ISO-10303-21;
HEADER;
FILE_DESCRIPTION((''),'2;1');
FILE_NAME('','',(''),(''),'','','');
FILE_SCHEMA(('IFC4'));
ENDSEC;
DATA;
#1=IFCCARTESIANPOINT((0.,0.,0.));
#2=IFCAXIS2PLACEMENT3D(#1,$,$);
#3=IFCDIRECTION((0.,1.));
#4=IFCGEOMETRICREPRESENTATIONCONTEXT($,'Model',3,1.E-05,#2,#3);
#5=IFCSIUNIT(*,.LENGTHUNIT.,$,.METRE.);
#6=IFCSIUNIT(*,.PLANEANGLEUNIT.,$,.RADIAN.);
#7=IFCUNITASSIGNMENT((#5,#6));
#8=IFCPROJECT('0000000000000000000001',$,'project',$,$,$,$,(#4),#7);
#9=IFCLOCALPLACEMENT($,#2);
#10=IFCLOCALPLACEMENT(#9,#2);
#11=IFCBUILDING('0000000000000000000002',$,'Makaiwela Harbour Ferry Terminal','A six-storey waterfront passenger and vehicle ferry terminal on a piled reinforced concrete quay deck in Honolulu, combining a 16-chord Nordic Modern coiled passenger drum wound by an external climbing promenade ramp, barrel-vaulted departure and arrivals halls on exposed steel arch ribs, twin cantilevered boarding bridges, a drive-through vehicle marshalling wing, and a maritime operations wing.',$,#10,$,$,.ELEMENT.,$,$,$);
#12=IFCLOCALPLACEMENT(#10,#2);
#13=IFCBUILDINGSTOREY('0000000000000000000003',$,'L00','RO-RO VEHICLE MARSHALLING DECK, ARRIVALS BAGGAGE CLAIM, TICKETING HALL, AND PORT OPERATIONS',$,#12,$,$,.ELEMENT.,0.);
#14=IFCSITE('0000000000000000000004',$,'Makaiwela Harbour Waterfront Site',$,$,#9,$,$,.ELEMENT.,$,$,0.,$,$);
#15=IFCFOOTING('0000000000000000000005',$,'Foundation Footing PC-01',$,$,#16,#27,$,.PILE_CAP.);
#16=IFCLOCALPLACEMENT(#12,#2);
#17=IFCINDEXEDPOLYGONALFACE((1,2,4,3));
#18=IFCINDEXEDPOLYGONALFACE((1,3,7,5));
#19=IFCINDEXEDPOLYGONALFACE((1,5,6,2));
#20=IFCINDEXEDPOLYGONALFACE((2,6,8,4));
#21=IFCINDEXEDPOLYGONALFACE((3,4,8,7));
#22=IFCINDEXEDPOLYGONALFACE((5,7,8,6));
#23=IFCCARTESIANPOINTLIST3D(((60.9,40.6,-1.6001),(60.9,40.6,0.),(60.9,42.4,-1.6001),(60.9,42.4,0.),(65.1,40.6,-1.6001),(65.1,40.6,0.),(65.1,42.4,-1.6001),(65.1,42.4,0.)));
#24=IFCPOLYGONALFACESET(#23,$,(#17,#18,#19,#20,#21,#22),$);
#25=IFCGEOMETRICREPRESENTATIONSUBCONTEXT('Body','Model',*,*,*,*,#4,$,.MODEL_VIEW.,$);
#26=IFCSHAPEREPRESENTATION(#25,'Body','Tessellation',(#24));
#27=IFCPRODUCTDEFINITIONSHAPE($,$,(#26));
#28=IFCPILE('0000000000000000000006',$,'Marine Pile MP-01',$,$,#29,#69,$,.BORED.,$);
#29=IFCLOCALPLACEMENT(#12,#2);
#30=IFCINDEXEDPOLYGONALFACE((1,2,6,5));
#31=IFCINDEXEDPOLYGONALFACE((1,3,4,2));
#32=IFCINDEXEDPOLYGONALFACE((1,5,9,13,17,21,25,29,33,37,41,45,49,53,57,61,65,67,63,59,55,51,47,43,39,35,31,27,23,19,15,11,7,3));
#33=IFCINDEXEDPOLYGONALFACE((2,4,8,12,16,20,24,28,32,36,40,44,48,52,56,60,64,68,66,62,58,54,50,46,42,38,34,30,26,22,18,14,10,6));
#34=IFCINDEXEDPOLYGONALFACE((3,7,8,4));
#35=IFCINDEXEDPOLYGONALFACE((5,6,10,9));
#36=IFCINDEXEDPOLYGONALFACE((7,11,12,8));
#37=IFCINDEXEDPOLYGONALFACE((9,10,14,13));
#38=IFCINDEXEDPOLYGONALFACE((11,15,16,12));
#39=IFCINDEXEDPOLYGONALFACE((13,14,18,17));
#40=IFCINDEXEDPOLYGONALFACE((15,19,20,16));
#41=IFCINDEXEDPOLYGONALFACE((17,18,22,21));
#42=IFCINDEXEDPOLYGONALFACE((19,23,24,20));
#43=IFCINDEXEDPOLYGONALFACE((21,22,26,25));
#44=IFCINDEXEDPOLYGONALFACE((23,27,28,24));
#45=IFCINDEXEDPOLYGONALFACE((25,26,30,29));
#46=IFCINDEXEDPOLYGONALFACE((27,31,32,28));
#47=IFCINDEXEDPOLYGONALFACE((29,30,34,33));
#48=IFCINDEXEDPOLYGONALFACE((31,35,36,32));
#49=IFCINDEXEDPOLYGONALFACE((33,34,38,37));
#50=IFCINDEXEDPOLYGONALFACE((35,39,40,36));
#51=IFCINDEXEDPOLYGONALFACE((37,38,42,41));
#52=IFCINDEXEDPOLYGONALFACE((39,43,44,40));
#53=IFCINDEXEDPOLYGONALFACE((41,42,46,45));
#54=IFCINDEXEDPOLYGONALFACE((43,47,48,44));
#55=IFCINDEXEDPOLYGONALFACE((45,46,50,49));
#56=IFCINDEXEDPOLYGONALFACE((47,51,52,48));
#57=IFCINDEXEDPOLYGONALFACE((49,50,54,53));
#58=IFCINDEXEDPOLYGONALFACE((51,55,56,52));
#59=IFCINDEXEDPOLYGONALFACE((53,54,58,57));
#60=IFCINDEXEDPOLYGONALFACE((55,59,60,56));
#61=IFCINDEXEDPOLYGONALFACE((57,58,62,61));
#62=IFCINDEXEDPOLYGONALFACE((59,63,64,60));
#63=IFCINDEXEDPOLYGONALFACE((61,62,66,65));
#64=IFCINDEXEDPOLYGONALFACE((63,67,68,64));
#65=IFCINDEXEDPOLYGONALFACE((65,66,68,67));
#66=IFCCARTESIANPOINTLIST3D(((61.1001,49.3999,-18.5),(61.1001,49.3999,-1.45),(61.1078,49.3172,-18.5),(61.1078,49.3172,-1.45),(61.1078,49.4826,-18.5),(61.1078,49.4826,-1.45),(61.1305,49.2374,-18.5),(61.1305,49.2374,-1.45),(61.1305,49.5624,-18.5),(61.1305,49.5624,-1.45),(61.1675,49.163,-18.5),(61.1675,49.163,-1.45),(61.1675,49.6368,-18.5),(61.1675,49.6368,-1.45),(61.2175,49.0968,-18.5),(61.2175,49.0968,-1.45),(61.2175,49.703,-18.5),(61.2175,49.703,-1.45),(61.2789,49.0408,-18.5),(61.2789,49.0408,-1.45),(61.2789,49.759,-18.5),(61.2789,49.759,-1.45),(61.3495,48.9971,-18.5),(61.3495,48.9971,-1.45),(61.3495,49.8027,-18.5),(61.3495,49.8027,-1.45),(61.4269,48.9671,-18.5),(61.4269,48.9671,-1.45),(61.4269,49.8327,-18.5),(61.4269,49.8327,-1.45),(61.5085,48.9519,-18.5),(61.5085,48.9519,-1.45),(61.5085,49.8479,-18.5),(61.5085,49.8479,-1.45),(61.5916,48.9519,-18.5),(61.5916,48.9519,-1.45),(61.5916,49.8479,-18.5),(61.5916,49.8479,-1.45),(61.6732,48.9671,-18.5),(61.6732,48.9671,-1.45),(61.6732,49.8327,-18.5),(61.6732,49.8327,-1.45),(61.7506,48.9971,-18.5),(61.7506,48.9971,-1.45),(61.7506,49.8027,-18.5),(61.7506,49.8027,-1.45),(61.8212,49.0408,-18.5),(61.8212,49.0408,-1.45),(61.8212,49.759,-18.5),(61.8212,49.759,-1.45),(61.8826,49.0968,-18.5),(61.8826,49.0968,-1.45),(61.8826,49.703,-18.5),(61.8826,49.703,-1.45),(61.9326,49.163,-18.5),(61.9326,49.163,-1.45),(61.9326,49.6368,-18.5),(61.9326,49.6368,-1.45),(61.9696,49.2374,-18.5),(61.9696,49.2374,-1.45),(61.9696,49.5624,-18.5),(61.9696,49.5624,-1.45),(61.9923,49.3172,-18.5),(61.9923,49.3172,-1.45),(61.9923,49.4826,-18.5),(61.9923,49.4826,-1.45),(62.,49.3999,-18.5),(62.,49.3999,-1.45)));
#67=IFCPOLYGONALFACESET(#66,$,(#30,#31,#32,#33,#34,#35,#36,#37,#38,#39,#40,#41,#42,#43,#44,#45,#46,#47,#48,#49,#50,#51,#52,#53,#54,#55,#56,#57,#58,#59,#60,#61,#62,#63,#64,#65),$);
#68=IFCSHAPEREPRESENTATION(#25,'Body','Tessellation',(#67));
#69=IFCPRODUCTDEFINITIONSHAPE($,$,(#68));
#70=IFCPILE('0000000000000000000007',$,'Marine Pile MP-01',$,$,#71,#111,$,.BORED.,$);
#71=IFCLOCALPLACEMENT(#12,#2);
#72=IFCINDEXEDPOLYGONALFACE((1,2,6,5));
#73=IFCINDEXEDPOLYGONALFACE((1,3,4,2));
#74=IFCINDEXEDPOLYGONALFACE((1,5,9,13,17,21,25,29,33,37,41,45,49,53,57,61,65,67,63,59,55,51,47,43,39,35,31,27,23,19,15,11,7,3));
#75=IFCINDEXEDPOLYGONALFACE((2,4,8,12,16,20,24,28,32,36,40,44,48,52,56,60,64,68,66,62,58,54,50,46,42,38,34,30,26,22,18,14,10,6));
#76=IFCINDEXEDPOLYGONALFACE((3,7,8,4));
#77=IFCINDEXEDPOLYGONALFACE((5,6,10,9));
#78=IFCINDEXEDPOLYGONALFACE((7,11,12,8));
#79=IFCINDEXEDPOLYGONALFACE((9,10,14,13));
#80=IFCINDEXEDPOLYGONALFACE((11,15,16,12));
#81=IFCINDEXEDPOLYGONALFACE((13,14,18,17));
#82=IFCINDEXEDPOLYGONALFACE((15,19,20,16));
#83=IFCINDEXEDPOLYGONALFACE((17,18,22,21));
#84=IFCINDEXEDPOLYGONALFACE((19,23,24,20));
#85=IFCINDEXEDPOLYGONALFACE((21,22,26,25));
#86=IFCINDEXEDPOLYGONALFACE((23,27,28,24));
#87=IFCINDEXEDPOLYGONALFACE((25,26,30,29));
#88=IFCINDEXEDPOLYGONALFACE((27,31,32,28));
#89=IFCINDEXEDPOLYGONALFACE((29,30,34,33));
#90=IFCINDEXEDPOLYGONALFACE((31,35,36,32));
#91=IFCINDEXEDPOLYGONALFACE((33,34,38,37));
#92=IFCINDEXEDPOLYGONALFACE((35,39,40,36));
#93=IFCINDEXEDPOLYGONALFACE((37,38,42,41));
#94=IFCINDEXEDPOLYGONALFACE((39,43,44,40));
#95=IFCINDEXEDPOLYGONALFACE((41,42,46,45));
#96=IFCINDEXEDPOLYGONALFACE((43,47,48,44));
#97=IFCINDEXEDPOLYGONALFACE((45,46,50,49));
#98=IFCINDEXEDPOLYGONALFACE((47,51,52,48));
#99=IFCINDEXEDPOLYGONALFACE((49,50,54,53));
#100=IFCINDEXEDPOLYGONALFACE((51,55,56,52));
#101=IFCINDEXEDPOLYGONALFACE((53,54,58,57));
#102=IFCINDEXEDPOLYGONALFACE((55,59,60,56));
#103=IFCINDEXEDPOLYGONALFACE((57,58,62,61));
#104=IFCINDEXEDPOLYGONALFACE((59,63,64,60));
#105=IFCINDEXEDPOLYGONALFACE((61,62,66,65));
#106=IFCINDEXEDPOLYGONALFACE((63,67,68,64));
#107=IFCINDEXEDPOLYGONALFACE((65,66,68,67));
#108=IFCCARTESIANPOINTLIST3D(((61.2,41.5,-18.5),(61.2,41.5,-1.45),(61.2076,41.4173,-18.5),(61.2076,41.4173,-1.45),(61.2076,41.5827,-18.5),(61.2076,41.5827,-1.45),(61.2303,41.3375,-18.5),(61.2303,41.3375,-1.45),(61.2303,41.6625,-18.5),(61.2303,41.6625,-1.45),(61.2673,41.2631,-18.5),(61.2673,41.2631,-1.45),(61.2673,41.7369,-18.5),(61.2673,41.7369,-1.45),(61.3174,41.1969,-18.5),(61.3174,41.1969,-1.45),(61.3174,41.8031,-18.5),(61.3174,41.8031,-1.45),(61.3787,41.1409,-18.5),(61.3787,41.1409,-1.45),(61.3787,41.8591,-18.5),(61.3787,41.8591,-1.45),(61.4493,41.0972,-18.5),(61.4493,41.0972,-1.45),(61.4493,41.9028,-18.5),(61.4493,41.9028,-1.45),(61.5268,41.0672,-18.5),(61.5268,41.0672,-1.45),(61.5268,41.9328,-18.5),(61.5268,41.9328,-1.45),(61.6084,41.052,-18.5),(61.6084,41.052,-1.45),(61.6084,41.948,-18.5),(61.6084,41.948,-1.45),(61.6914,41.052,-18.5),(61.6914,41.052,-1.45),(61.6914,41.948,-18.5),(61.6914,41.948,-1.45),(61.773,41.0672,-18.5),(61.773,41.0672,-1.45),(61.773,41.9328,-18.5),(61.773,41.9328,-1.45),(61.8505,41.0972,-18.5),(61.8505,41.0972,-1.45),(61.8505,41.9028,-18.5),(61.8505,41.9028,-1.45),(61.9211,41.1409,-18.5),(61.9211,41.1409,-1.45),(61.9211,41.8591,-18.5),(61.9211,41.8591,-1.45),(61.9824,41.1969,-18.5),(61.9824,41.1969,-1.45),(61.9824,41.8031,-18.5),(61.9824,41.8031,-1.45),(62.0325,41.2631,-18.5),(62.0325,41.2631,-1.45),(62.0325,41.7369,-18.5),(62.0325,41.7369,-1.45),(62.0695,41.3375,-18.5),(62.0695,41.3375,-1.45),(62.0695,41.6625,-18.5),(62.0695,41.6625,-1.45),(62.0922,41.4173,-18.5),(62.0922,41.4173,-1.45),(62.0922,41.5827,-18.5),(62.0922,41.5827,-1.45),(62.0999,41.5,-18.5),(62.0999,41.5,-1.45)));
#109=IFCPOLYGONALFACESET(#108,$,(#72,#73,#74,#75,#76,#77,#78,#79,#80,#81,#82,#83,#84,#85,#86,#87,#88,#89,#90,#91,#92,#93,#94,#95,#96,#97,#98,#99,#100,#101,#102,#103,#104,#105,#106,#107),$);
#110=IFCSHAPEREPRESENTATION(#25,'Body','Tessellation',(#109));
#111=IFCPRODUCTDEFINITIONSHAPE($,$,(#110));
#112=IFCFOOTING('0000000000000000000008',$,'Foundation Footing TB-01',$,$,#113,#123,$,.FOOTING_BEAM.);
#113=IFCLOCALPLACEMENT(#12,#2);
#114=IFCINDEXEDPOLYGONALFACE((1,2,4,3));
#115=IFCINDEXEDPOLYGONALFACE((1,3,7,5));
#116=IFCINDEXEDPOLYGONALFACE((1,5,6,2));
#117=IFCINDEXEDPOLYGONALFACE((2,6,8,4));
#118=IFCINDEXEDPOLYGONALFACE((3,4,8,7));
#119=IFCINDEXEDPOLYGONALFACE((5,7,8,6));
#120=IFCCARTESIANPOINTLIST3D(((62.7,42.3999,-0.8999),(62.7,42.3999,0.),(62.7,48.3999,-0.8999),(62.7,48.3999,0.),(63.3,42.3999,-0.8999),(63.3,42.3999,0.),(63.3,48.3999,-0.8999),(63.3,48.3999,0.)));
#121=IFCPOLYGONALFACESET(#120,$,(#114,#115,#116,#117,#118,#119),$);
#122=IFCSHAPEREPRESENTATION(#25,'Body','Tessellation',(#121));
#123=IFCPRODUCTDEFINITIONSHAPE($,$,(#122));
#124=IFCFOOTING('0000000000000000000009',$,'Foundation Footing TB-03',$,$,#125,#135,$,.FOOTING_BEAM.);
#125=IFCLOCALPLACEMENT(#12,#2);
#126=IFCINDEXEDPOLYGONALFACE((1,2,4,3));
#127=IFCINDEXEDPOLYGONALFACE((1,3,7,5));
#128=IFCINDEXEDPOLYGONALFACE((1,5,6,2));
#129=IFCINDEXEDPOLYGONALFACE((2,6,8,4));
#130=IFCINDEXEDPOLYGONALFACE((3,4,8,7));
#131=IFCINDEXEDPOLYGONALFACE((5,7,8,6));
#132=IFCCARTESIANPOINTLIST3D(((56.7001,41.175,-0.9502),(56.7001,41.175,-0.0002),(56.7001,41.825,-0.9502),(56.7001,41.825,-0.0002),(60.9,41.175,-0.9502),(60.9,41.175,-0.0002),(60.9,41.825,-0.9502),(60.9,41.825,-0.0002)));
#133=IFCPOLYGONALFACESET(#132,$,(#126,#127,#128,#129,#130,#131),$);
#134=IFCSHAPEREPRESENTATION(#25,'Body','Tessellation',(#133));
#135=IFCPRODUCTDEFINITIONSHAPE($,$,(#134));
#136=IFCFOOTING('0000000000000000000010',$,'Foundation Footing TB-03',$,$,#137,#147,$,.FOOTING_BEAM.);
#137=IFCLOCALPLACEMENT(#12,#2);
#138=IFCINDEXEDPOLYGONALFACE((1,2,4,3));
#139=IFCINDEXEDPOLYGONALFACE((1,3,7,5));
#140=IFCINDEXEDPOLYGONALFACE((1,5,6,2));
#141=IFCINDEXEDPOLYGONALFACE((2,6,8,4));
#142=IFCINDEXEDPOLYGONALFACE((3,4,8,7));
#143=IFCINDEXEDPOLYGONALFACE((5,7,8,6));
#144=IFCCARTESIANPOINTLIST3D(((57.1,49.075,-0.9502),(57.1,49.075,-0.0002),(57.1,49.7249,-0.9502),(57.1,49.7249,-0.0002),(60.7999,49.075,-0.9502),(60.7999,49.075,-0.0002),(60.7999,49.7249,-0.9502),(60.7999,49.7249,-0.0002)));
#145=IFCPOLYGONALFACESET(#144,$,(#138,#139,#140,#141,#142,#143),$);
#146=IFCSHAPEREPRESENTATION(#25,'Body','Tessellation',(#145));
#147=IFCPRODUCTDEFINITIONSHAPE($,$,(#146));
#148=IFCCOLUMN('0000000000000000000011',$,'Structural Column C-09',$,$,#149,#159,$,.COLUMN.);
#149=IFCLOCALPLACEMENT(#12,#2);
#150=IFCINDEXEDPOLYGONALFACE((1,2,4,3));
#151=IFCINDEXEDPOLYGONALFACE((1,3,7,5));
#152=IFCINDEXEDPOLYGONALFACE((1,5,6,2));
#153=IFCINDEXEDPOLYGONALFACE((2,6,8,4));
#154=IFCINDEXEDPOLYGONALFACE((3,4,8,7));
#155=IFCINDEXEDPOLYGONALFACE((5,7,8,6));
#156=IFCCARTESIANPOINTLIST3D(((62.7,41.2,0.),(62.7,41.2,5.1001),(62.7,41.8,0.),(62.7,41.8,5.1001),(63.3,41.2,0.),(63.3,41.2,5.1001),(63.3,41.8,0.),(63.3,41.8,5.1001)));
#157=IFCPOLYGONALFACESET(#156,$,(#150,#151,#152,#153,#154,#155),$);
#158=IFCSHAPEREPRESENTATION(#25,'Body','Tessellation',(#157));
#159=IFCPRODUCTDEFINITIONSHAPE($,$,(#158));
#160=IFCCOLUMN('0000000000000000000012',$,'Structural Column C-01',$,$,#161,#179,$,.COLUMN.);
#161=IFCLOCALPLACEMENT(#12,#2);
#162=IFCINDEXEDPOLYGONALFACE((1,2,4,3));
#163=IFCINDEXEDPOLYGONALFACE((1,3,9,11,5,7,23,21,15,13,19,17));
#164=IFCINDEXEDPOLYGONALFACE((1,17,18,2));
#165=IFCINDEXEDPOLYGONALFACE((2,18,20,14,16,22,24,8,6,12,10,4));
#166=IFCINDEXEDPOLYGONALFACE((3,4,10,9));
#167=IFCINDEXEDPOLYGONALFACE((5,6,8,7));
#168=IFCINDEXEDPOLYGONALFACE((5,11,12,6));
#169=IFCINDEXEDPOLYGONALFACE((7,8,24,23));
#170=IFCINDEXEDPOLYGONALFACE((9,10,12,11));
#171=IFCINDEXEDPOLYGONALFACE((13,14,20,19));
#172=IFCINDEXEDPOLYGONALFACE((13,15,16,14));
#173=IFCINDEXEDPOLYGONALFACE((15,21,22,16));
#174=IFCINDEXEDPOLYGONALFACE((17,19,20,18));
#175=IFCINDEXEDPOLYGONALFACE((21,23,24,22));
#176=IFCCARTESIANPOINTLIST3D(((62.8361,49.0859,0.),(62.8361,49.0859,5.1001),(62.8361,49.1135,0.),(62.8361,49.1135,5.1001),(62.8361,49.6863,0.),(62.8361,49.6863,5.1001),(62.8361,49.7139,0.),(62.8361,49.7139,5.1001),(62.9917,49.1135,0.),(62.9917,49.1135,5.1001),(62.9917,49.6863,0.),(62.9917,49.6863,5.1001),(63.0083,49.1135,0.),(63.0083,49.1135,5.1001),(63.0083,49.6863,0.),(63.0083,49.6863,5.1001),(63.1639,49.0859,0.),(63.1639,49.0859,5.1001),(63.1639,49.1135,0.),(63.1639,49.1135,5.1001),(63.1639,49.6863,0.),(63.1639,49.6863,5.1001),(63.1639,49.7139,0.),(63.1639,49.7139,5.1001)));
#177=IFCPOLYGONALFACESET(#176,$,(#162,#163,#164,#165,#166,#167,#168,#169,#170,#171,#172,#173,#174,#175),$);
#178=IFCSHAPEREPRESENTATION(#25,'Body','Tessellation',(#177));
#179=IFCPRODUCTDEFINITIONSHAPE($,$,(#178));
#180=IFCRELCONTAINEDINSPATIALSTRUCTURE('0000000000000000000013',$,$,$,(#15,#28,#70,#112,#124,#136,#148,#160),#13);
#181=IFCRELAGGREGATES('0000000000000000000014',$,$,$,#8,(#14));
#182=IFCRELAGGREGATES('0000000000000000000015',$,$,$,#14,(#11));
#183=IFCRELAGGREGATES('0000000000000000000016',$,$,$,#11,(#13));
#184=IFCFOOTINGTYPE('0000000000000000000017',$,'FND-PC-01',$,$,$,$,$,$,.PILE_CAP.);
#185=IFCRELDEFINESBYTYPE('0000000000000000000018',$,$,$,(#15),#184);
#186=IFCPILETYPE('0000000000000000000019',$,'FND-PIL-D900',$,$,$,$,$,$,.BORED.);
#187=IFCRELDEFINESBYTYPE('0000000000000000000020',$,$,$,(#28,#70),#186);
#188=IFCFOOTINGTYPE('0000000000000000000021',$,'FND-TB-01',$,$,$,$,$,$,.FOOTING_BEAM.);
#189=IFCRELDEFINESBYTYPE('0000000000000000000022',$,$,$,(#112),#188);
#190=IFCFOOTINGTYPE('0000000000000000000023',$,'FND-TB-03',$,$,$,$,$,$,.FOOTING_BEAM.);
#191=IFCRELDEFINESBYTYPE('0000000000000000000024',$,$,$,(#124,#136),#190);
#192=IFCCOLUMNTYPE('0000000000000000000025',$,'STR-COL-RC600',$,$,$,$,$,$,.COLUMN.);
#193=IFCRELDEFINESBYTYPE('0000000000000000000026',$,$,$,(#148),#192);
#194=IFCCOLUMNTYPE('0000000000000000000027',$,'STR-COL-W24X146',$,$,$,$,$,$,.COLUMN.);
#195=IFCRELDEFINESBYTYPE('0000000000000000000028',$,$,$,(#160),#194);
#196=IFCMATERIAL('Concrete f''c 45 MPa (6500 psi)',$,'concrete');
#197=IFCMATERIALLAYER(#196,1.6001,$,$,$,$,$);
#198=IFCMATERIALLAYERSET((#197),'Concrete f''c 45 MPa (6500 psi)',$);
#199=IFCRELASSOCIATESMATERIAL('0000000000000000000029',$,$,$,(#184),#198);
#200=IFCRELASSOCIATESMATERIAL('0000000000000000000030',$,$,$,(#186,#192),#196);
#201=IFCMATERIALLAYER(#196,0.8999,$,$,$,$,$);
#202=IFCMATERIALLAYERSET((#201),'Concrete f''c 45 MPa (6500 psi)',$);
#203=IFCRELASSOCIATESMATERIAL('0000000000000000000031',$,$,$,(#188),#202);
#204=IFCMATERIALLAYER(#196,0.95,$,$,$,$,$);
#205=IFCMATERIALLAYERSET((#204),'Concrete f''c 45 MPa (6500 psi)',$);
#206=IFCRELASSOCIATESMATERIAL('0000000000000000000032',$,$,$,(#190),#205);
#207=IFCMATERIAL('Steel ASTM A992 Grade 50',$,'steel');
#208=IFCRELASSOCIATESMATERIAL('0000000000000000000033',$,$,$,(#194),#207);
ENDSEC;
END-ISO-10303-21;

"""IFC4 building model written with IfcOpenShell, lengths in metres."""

from ifc_helpers import new_model, si_unit, direction, frame, origin, origin_2d, place, context, subcontext, project, spatial, rectangle, circle, i_section, extrude, material, layer, layer_set, material_profile, profile_set, type_object, element, save


model = new_model("IFC4")

# Units and contexts
model_context = context("Model", 3, precision=1e-05, world=origin(), true_north=direction((0.0, 1.0)))
body_context = subcontext(model_context, "Body", "Model", "MODEL_VIEW")
ifc_project = project(units=[si_unit("LENGTHUNIT", "METRE"), si_unit("PLANEANGLEUNIT", "RADIAN")], contexts=[model_context])

# Site, building, storey
site_placement = place(None, origin())
site = spatial("IfcSite", under=ifc_project, at=site_placement, Name="Makaiwela Harbour Waterfront Site", CompositionType="ELEMENT", RefElevation=0.0)
building_placement = place(site_placement, origin())
building = spatial("IfcBuilding", under=site, at=building_placement, Name="Makaiwela Harbour Ferry Terminal", Description="A six-storey waterfront passenger and vehicle ferry terminal on a piled reinforced concrete quay deck in Honolulu, combining a 16-chord Nordic Modern coiled passenger drum wound by an external climbing promenade ramp, barrel-vaulted departure and arrivals halls on exposed steel arch ribs, twin cantilevered boarding bridges, a drive-through vehicle marshalling wing, and a maritime operations wing.", CompositionType="ELEMENT")
storey_placement = place(building_placement, origin())
storey = spatial("IfcBuildingStorey", under=building, at=storey_placement, Name="L00", Description="RO-RO VEHICLE MARSHALLING DECK, ARRIVALS BAGGAGE CLAIM, TICKETING HALL, AND PORT OPERATIONS", CompositionType="ELEMENT", Elevation=0.0)

# Footing
ifc_material_1 = material(Name="Concrete f'c 45 MPa (6500 psi)", Category="concrete")
ifc_layer_1 = layer(ifc_material_1, 1.6001)
ifc_layer_set_1 = layer_set([ifc_layer_1], Name="Concrete f'c 45 MPa (6500 psi)")
footing_type_1 = type_object("IfcFootingType", Name="FND-PC-01", PredefinedType="PILE_CAP", material=ifc_layer_set_1)
footing_1_placement = place(storey_placement, frame((63.0, 41.5, -1.6001), z_axis=(0.0, 0.0, 1.0), x_axis=(1.0, 0.0, 0.0)))
element("IfcFooting", 1, at=footing_1_placement, inside=storey, type_object=footing_type_1, Name="Foundation Footing PC-01", PredefinedType="PILE_CAP", context=body_context, shape_type="SweptSolid", body=[
    extrude(rectangle(XDim=4.2, YDim=1.8, at=origin_2d()), origin(), (0.0, 0.0, 1.0), 1.6001),
])

# Piles
ifc_material_profile_1 = material_profile(ifc_material_1, circle(Radius=0.45, at=origin_2d()), Name="PILE-D900")
ifc_profile_set_1 = profile_set([ifc_material_profile_1], Name="Concrete f'c 45 MPa (6500 psi)")
pile_type = type_object("IfcPileType", Name="FND-PIL-D900", PredefinedType="BORED", material=ifc_profile_set_1)
for number, where, z_axis, x_axis, name in (
    (2, (61.55, 49.3999, -1.45), (0.0, 0.0, -1.0), (1.0, 0.0, 0.0), "Marine Pile MP-01"),
    (3, (61.6499, 41.5, -1.45), (0.0, 0.0, -1.0), (1.0, 0.0, 0.0), "Marine Pile MP-01"),
):
    element("IfcPile", number, at=place(storey_placement, frame(where, z_axis=z_axis, x_axis=x_axis)), inside=storey, type_object=pile_type, Name=name, PredefinedType="BORED", context=body_context, shape_type="SweptSolid", body=[
        extrude(circle(Radius=0.45, at=origin_2d()), origin(), (0.0, 0.0, 1.0), 17.05),
    ])

# Footings
ifc_layer_2 = layer(ifc_material_1, 0.8999)
ifc_layer_set_2 = layer_set([ifc_layer_2], Name="Concrete f'c 45 MPa (6500 psi)")
footing_type_2 = type_object("IfcFootingType", Name="FND-TB-01", PredefinedType="FOOTING_BEAM", material=ifc_layer_set_2)
footing_2_placement = place(storey_placement, frame((63.0, 45.3999, -0.8999), z_axis=(0.0, 0.0, 1.0), x_axis=(0.0, 1.0, 0.0)))
element("IfcFooting", 4, at=footing_2_placement, inside=storey, type_object=footing_type_2, Name="Foundation Footing TB-01", PredefinedType="FOOTING_BEAM", context=body_context, shape_type="SweptSolid", body=[
    extrude(rectangle(XDim=6.0, YDim=0.6001, at=origin_2d()), origin(), (0.0, 0.0, 1.0), 0.8999),
])
ifc_layer_3 = layer(ifc_material_1, 0.95)
ifc_layer_set_3 = layer_set([ifc_layer_3], Name="Concrete f'c 45 MPa (6500 psi)")
footing_type_3 = type_object("IfcFootingType", Name="FND-TB-03", PredefinedType="FOOTING_BEAM", material=ifc_layer_set_3)
footing_3_placement = place(storey_placement, frame((58.8, 41.5, -0.9502), z_axis=(0.0, 0.0, 1.0), x_axis=(1.0, 0.0, 0.0)))
element("IfcFooting", 5, at=footing_3_placement, inside=storey, type_object=footing_type_3, Name="Foundation Footing TB-03", PredefinedType="FOOTING_BEAM", context=body_context, shape_type="SweptSolid", body=[
    extrude(rectangle(XDim=4.2, YDim=0.6499, at=origin_2d()), origin(), (0.0, 0.0, 1.0), 0.95),
])
footing_4_placement = place(storey_placement, frame((58.95, 49.3999, -0.9502), z_axis=(0.0, 0.0, 1.0), x_axis=(1.0, 0.0, 0.0)))
element("IfcFooting", 6, at=footing_4_placement, inside=storey, type_object=footing_type_3, Name="Foundation Footing TB-03", PredefinedType="FOOTING_BEAM", context=body_context, shape_type="SweptSolid", body=[
    extrude(rectangle(XDim=3.7, YDim=0.6499, at=origin_2d()), origin(), (0.0, 0.0, 1.0), 0.95),
])

# Columns
ifc_material_profile_2 = material_profile(ifc_material_1, rectangle(XDim=0.6001, YDim=0.6001, at=origin_2d()), Name="RC-600X600")
ifc_profile_set_2 = profile_set([ifc_material_profile_2], Name="Concrete f'c 45 MPa (6500 psi)")
column_type_1 = type_object("IfcColumnType", Name="STR-COL-RC600", PredefinedType="COLUMN", material=ifc_profile_set_2)
column_1_placement = place(storey_placement, frame((63.0, 41.5, 0.0), z_axis=(0.0, 0.0, 1.0), x_axis=(1.0, 0.0, 0.0)))
element("IfcColumn", 7, at=column_1_placement, inside=storey, type_object=column_type_1, Name="Structural Column C-09", PredefinedType="COLUMN", context=body_context, shape_type="SweptSolid", body=[
    extrude(rectangle(XDim=0.6001, YDim=0.6001, at=origin_2d()), origin(), (0.0, 0.0, 1.0), 5.1001),
])
ifc_material_2 = material(Name="Steel ASTM A992 Grade 50", Category="steel")
ifc_material_profile_3 = material_profile(ifc_material_2, i_section(OverallWidth=0.3279, OverallDepth=0.6279, WebThickness=0.0166, FlangeThickness=0.0276, at=origin_2d()), Name="W24X146")
ifc_profile_set_3 = profile_set([ifc_material_profile_3], Name="Steel ASTM A992 Grade 50")
column_type_2 = type_object("IfcColumnType", Name="STR-COL-W24X146", PredefinedType="COLUMN", material=ifc_profile_set_3)
column_2_placement = place(storey_placement, frame((63.0, 49.3999, 0.0), z_axis=(0.0, 0.0, 1.0), x_axis=(1.0, 0.0, 0.0)))
element("IfcColumn", 8, at=column_2_placement, inside=storey, type_object=column_type_2, Name="Structural Column C-01", PredefinedType="COLUMN", context=body_context, shape_type="SweptSolid", body=[
    extrude(i_section(OverallWidth=0.3279, OverallDepth=0.6279, WebThickness=0.0166, FlangeThickness=0.0276, at=origin_2d()), origin(), (0.0, 0.0, 1.0), 5.1001),
])

save(model, "model.ifc")
